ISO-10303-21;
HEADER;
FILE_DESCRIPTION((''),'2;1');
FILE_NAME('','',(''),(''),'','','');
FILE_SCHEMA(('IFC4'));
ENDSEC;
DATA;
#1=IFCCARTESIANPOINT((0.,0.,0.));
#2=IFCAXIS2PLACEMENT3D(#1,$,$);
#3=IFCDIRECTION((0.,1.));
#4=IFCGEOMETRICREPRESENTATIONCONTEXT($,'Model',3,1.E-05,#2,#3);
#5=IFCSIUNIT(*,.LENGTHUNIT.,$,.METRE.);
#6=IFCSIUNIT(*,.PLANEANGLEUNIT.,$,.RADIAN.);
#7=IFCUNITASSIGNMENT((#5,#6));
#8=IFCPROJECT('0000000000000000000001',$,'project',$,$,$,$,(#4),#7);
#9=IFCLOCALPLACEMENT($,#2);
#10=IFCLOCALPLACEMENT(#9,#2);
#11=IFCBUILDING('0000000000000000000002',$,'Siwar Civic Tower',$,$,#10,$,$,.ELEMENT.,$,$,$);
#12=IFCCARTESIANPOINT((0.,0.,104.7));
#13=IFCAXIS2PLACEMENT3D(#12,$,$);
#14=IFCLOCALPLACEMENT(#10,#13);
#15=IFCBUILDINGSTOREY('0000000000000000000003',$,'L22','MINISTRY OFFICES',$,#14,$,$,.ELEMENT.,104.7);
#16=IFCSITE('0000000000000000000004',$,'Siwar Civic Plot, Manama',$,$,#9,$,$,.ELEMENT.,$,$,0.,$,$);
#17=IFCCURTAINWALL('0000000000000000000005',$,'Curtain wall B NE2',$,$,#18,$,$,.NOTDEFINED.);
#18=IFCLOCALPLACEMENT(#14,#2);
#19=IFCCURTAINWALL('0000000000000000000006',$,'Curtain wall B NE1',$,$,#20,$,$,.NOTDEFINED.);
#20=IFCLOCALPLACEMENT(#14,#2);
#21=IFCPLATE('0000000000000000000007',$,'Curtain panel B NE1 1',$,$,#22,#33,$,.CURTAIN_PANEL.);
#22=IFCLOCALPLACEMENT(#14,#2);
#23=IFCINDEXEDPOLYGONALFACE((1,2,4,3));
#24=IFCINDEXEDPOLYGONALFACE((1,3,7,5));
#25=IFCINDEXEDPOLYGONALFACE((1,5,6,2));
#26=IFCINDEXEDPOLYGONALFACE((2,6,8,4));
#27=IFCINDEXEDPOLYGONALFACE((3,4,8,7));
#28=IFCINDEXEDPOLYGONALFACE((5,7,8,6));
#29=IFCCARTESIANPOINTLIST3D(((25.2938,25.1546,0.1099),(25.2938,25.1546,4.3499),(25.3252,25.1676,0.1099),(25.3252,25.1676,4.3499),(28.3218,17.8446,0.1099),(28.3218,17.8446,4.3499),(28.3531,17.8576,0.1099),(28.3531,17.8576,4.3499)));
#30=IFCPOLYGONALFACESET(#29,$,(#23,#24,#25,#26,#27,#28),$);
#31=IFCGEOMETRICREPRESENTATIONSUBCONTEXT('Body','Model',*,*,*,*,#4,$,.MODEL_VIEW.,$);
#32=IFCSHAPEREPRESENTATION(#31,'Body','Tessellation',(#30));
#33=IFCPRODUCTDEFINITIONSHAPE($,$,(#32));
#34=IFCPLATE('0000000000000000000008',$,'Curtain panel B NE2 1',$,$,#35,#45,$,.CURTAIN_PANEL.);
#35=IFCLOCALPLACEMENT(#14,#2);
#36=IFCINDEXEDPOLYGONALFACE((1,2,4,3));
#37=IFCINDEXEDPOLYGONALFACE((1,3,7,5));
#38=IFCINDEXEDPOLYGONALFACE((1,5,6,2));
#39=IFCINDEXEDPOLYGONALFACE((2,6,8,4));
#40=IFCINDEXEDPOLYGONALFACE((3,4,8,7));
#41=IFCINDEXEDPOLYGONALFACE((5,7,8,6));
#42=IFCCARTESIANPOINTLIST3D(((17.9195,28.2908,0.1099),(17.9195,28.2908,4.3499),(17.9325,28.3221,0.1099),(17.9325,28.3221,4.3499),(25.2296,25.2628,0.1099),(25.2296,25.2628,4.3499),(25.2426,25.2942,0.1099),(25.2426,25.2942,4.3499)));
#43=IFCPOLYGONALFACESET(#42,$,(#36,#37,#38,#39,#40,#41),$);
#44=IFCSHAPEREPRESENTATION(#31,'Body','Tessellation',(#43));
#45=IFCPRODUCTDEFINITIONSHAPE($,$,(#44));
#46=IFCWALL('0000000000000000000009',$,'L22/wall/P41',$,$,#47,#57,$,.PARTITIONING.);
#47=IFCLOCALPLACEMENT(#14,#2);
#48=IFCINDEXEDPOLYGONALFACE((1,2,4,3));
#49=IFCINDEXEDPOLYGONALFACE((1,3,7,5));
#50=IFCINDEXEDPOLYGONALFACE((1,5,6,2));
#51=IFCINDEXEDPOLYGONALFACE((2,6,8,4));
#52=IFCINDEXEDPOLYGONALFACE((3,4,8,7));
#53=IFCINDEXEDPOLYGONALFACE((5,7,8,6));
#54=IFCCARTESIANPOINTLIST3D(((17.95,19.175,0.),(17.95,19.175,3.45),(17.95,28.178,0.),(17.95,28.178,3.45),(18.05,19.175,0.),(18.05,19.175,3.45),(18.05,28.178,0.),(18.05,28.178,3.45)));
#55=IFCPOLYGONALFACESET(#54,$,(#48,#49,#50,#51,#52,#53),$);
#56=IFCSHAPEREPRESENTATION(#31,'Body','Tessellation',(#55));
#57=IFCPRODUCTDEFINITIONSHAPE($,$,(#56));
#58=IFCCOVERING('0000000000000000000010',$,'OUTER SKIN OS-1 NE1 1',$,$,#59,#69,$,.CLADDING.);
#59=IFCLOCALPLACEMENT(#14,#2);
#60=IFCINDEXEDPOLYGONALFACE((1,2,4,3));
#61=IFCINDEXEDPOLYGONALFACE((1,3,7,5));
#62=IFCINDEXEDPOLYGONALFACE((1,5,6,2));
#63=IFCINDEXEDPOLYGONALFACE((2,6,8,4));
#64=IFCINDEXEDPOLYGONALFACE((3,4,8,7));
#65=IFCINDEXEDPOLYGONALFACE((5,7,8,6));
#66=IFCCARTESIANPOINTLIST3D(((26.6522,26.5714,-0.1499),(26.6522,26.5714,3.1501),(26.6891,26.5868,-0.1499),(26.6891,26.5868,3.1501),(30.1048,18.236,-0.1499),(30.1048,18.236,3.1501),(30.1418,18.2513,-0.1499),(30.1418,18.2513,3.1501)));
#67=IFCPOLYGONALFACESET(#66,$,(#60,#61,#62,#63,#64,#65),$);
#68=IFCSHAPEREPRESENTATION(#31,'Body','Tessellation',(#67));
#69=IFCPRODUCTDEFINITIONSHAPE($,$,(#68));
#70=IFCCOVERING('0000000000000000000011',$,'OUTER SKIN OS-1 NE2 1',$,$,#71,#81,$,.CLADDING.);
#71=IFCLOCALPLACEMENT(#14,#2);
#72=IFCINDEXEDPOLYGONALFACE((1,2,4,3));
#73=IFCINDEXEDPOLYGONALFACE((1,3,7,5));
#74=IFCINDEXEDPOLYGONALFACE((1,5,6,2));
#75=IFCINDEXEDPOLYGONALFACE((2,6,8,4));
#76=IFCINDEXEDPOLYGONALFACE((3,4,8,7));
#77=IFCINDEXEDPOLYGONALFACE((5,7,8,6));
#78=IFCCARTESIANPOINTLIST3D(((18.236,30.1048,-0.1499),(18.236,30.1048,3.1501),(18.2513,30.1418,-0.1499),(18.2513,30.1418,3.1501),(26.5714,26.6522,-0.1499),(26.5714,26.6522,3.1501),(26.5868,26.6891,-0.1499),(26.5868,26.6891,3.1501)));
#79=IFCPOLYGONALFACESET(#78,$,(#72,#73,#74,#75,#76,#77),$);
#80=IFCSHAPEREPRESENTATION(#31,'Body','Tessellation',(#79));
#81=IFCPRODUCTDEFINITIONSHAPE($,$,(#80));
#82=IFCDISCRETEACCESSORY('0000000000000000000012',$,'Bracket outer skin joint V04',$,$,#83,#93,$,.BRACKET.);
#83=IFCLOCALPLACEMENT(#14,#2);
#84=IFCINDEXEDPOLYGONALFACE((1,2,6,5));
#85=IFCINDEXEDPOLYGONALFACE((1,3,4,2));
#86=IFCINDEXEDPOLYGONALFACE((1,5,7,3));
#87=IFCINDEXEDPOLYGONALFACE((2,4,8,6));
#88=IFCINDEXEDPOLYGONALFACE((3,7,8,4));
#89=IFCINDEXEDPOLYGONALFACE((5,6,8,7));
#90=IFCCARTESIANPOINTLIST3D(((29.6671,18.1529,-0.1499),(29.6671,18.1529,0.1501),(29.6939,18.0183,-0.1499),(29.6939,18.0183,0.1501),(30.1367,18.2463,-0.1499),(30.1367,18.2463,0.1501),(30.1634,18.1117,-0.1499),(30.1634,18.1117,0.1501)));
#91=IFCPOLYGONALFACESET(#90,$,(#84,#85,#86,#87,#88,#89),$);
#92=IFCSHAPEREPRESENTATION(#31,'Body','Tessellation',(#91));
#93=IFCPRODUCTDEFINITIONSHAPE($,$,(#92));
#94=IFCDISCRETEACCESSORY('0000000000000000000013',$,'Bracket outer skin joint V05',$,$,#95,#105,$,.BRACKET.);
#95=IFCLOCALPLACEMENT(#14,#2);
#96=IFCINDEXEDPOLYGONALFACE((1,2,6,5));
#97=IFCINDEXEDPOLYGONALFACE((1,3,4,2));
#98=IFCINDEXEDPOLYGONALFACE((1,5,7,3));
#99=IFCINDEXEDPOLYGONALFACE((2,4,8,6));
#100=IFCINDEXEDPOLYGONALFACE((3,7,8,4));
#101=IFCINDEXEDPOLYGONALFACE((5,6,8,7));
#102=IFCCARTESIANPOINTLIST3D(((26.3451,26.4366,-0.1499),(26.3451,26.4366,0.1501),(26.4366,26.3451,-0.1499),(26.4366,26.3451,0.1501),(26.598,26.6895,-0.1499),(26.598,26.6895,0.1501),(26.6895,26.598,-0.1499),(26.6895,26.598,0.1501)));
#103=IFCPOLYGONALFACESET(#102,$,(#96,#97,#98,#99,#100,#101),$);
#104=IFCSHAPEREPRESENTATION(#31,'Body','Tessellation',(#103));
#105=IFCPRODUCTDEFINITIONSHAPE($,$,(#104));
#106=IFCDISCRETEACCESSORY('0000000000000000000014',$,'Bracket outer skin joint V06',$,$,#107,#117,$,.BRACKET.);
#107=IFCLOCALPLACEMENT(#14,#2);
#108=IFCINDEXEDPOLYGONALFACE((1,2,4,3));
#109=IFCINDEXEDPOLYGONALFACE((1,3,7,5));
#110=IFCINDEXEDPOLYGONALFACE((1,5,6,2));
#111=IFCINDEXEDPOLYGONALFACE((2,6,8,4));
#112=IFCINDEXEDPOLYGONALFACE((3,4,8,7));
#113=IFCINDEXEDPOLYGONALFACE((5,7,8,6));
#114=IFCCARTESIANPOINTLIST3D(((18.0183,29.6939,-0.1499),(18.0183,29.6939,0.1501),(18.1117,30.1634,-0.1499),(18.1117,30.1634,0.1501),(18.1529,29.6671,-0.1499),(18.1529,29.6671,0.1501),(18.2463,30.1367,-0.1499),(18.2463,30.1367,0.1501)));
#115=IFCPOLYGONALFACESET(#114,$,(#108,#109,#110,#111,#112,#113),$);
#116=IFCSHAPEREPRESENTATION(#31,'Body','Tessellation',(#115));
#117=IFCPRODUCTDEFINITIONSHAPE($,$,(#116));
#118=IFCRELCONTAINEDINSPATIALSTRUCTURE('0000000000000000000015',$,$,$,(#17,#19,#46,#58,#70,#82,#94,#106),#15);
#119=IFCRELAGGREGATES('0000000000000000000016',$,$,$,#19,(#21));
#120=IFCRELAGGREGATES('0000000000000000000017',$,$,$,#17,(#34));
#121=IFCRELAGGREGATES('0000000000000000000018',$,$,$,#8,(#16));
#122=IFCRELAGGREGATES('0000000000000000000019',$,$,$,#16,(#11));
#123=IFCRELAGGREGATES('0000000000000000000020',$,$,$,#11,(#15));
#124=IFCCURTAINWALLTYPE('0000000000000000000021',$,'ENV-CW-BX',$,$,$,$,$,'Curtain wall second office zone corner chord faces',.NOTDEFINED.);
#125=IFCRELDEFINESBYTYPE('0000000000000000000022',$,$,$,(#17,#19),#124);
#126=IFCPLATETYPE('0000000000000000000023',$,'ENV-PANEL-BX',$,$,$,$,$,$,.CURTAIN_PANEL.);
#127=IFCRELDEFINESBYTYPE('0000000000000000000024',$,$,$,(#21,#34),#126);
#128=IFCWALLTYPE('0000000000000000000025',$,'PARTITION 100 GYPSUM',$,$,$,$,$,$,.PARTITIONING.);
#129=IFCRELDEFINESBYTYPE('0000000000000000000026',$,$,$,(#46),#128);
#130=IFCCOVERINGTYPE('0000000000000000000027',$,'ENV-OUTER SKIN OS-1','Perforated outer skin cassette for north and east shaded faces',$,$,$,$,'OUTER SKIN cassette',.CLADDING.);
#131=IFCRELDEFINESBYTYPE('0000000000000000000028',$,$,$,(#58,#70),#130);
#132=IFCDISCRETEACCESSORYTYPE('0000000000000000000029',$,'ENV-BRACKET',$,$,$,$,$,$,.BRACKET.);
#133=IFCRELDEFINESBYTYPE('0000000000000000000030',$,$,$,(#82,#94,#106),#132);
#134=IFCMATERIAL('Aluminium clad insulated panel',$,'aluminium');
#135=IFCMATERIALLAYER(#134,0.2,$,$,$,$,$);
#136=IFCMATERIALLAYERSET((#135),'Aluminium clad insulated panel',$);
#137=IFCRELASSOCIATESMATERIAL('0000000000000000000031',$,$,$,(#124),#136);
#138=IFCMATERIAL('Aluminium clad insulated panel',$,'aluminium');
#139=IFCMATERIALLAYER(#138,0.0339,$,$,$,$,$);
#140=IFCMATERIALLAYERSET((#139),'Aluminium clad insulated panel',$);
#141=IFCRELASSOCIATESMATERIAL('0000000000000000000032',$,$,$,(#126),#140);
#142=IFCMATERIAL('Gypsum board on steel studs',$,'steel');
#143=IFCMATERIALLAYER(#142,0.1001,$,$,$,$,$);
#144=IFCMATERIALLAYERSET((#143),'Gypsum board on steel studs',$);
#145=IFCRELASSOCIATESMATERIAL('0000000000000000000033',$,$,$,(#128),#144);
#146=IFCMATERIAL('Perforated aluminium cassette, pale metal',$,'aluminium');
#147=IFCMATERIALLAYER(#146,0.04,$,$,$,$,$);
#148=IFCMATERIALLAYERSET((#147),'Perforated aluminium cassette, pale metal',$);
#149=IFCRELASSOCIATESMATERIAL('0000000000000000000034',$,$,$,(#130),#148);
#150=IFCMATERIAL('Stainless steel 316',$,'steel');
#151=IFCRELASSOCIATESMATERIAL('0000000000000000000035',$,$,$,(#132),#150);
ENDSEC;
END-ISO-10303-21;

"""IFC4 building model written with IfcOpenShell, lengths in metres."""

from ifc_helpers import new_model, si_unit, direction, frame, frame_2d, origin, origin_2d, place, context, subcontext, project, spatial, rectangle, extrude, material, layer, layer_set, type_object, element, aggregate, save


model = new_model("IFC4")

# Units and contexts
model_context = context("Model", 3, precision=1e-05, world=origin(), true_north=direction((0.0, 1.0)))
body_context = subcontext(model_context, "Body", "Model", "MODEL_VIEW")
ifc_project = project(units=[si_unit("LENGTHUNIT", "METRE"), si_unit("PLANEANGLEUNIT", "RADIAN")], contexts=[model_context])

# Site, building, storey
site_placement = place(None, origin())
site = spatial("IfcSite", under=ifc_project, at=site_placement, Name="Siwar Civic Plot, Manama", CompositionType="ELEMENT", RefElevation=0.0)
building_placement = place(site_placement, origin())
building = spatial("IfcBuilding", under=site, at=building_placement, Name="Siwar Civic Tower", CompositionType="ELEMENT")
storey_placement = place(building_placement, frame((0.0, 0.0, 104.7)))
storey = spatial("IfcBuildingStorey", under=building, at=storey_placement, Name="L22", Description="MINISTRY OFFICES", CompositionType="ELEMENT", Elevation=104.7)

# Curtain wall
ifc_material_1 = material(Name="Aluminium clad insulated panel", Category="aluminium")
ifc_layer_1 = layer(ifc_material_1, 0.2)
ifc_layer_set_1 = layer_set([ifc_layer_1], Name="Aluminium clad insulated panel")
curtain_wall_type_1 = type_object("IfcCurtainWallType", Name="ENV-CW-BX", ElementType="Curtain wall second office zone corner chord faces", PredefinedType="NOTDEFINED", material=ifc_layer_set_1)
curtain_wall_1_placement = place(storey_placement, origin())
curtain_wall_1 = element("IfcCurtainWall", 1, at=curtain_wall_1_placement, inside=storey, type_object=curtain_wall_type_1, Name="Curtain wall B NE2", PredefinedType="NOTDEFINED")

# Curtain wall, plate
curtain_wall_2_placement = place(storey_placement, origin())
curtain_wall_2 = element("IfcCurtainWall", 2, at=curtain_wall_2_placement, inside=storey, type_object=curtain_wall_type_1, Name="Curtain wall B NE1", PredefinedType="NOTDEFINED")
ifc_material_2 = material(Name="Aluminium clad insulated panel", Category="aluminium")
ifc_layer_2 = layer(ifc_material_2, 0.0339)
ifc_layer_set_2 = layer_set([ifc_layer_2], Name="Aluminium clad insulated panel")
plate_type = type_object("IfcPlateType", Name="ENV-PANEL-BX", PredefinedType="CURTAIN_PANEL", material=ifc_layer_set_2)
plate_1_placement = place(storey_placement, frame((26.8235, 21.5061, 0.1099), z_axis=(0.0, 0.0, 1.0), x_axis=(-0.382683, 0.92388, 0.0)))
plate_1 = element("IfcPlate", 3, at=plate_1_placement, type_object=plate_type, Name="Curtain panel B NE1 1", PredefinedType="CURTAIN_PANEL", context=body_context, shape_type="SweptSolid", body=[
    extrude(rectangle(XDim=7.9124, YDim=0.0339, at=origin_2d()), origin(), (0.0, 0.0, 1.0), 4.24),
])
aggregate(curtain_wall_2, [plate_1])

# Plate
plate_2_placement = place(storey_placement, frame((21.5811, 26.7925, 0.1099), z_axis=(0.0, 0.0, 1.0), x_axis=(-0.92388, 0.382683, 0.0)))
plate_2 = element("IfcPlate", 4, at=plate_2_placement, type_object=plate_type, Name="Curtain panel B NE2 1", PredefinedType="CURTAIN_PANEL", context=body_context, shape_type="SweptSolid", body=[
    extrude(rectangle(XDim=7.9124, YDim=0.0339, at=origin_2d()), origin(), (0.0, 0.0, 1.0), 4.24),
])
aggregate(curtain_wall_1, [plate_2])

# Wall
ifc_material_3 = material(Name="Gypsum board on steel studs", Category="steel")
ifc_layer_3 = layer(ifc_material_3, 0.1001)
ifc_layer_set_3 = layer_set([ifc_layer_3], Name="Gypsum board on steel studs")
wall_type = type_object("IfcWallType", Name="PARTITION 100 GYPSUM", PredefinedType="PARTITIONING", material=ifc_layer_set_3)
wall_placement = place(storey_placement, frame((18.0, 19.175, 0.0), z_axis=(0.0, 0.0, 1.0), x_axis=(0.0, 1.0, 0.0)))
element("IfcWall", 5, at=wall_placement, inside=storey, type_object=wall_type, Name="L22/wall/P41", PredefinedType="PARTITIONING", context=body_context, shape_type="SweptSolid", body=[
    extrude(rectangle(XDim=9.0029, YDim=0.1001, at=frame_2d((4.5015, 0.0))), origin(), (0.0, 0.0, 1.0), 3.45),
])

# Coverings
ifc_material_4 = material(Name="Perforated aluminium cassette, pale metal", Category="aluminium")
ifc_layer_4 = layer(ifc_material_4, 0.04)
ifc_layer_set_4 = layer_set([ifc_layer_4], Name="Perforated aluminium cassette, pale metal")
covering_type = type_object("IfcCoveringType", Name="ENV-OUTER SKIN OS-1", Description="Perforated outer skin cassette for north and east shaded faces", ElementType="OUTER SKIN cassette", PredefinedType="CLADDING", material=ifc_layer_set_4)
for number, where, z_axis, x_axis, name in (
    (6, (28.397, 22.4114, -0.1499), (0.0, 0.0, 1.0), (-0.382683, 0.92388, 0.0), "OUTER SKIN OS-1 NE1 1"),
    (7, (22.4114, 28.397, -0.1499), (0.0, 0.0, 1.0), (-0.92388, 0.382683, 0.0), "OUTER SKIN OS-1 NE2 1"),
):
    element("IfcCovering", number, at=place(storey_placement, frame(where, z_axis=z_axis, x_axis=x_axis)), inside=storey, type_object=covering_type, Name=name, PredefinedType="CLADDING", context=body_context, shape_type="SweptSolid", body=[
        extrude(rectangle(XDim=9.0222, YDim=0.04, at=origin_2d()), origin(), (0.0, 0.0, 1.0), 3.3),
    ])

# Discrete accessories
ifc_material_5 = material(Name="Stainless steel 316", Category="steel")
discrete_accessory_type = type_object("IfcDiscreteAccessoryType", Name="ENV-BRACKET", PredefinedType="BRACKET", material=ifc_material_5)
discrete_accessory_1_placement = place(storey_placement, frame((29.9153, 18.1323, -0.1499), z_axis=(0.0, 0.0, 1.0), x_axis=(0.980785, 0.19509, 0.0)))
element("IfcDiscreteAccessory", 8, at=discrete_accessory_1_placement, inside=storey, type_object=discrete_accessory_type, Name="Bracket outer skin joint V04", PredefinedType="BRACKET", context=body_context, shape_type="SweptSolid", body=[
    extrude(rectangle(XDim=0.4788, YDim=0.1372, at=origin_2d()), origin(), (0.0, 0.0, 1.0), 0.3),
])
discrete_accessory_2_placement = place(storey_placement, frame((26.5173, 26.5173, -0.1499), z_axis=(0.0, 0.0, 1.0), x_axis=(0.707107, 0.707107, 0.0)))
element("IfcDiscreteAccessory", 9, at=discrete_accessory_2_placement, inside=storey, type_object=discrete_accessory_type, Name="Bracket outer skin joint V05", PredefinedType="BRACKET", context=body_context, shape_type="SweptSolid", body=[
    extrude(rectangle(XDim=0.3577, YDim=0.1294, at=origin_2d()), origin(), (0.0, 0.0, 1.0), 0.3),
])
discrete_accessory_3_placement = place(storey_placement, frame((18.1323, 29.9153, -0.1499), z_axis=(0.0, 0.0, 1.0), x_axis=(0.19509, 0.980785, 0.0)))
element("IfcDiscreteAccessory", 10, at=discrete_accessory_3_placement, inside=storey, type_object=discrete_accessory_type, Name="Bracket outer skin joint V06", PredefinedType="BRACKET", context=body_context, shape_type="SweptSolid", body=[
    extrude(rectangle(XDim=0.4788, YDim=0.1372, at=origin_2d()), origin(), (0.0, 0.0, 1.0), 0.3),
])

save(model, "model.ifc")
